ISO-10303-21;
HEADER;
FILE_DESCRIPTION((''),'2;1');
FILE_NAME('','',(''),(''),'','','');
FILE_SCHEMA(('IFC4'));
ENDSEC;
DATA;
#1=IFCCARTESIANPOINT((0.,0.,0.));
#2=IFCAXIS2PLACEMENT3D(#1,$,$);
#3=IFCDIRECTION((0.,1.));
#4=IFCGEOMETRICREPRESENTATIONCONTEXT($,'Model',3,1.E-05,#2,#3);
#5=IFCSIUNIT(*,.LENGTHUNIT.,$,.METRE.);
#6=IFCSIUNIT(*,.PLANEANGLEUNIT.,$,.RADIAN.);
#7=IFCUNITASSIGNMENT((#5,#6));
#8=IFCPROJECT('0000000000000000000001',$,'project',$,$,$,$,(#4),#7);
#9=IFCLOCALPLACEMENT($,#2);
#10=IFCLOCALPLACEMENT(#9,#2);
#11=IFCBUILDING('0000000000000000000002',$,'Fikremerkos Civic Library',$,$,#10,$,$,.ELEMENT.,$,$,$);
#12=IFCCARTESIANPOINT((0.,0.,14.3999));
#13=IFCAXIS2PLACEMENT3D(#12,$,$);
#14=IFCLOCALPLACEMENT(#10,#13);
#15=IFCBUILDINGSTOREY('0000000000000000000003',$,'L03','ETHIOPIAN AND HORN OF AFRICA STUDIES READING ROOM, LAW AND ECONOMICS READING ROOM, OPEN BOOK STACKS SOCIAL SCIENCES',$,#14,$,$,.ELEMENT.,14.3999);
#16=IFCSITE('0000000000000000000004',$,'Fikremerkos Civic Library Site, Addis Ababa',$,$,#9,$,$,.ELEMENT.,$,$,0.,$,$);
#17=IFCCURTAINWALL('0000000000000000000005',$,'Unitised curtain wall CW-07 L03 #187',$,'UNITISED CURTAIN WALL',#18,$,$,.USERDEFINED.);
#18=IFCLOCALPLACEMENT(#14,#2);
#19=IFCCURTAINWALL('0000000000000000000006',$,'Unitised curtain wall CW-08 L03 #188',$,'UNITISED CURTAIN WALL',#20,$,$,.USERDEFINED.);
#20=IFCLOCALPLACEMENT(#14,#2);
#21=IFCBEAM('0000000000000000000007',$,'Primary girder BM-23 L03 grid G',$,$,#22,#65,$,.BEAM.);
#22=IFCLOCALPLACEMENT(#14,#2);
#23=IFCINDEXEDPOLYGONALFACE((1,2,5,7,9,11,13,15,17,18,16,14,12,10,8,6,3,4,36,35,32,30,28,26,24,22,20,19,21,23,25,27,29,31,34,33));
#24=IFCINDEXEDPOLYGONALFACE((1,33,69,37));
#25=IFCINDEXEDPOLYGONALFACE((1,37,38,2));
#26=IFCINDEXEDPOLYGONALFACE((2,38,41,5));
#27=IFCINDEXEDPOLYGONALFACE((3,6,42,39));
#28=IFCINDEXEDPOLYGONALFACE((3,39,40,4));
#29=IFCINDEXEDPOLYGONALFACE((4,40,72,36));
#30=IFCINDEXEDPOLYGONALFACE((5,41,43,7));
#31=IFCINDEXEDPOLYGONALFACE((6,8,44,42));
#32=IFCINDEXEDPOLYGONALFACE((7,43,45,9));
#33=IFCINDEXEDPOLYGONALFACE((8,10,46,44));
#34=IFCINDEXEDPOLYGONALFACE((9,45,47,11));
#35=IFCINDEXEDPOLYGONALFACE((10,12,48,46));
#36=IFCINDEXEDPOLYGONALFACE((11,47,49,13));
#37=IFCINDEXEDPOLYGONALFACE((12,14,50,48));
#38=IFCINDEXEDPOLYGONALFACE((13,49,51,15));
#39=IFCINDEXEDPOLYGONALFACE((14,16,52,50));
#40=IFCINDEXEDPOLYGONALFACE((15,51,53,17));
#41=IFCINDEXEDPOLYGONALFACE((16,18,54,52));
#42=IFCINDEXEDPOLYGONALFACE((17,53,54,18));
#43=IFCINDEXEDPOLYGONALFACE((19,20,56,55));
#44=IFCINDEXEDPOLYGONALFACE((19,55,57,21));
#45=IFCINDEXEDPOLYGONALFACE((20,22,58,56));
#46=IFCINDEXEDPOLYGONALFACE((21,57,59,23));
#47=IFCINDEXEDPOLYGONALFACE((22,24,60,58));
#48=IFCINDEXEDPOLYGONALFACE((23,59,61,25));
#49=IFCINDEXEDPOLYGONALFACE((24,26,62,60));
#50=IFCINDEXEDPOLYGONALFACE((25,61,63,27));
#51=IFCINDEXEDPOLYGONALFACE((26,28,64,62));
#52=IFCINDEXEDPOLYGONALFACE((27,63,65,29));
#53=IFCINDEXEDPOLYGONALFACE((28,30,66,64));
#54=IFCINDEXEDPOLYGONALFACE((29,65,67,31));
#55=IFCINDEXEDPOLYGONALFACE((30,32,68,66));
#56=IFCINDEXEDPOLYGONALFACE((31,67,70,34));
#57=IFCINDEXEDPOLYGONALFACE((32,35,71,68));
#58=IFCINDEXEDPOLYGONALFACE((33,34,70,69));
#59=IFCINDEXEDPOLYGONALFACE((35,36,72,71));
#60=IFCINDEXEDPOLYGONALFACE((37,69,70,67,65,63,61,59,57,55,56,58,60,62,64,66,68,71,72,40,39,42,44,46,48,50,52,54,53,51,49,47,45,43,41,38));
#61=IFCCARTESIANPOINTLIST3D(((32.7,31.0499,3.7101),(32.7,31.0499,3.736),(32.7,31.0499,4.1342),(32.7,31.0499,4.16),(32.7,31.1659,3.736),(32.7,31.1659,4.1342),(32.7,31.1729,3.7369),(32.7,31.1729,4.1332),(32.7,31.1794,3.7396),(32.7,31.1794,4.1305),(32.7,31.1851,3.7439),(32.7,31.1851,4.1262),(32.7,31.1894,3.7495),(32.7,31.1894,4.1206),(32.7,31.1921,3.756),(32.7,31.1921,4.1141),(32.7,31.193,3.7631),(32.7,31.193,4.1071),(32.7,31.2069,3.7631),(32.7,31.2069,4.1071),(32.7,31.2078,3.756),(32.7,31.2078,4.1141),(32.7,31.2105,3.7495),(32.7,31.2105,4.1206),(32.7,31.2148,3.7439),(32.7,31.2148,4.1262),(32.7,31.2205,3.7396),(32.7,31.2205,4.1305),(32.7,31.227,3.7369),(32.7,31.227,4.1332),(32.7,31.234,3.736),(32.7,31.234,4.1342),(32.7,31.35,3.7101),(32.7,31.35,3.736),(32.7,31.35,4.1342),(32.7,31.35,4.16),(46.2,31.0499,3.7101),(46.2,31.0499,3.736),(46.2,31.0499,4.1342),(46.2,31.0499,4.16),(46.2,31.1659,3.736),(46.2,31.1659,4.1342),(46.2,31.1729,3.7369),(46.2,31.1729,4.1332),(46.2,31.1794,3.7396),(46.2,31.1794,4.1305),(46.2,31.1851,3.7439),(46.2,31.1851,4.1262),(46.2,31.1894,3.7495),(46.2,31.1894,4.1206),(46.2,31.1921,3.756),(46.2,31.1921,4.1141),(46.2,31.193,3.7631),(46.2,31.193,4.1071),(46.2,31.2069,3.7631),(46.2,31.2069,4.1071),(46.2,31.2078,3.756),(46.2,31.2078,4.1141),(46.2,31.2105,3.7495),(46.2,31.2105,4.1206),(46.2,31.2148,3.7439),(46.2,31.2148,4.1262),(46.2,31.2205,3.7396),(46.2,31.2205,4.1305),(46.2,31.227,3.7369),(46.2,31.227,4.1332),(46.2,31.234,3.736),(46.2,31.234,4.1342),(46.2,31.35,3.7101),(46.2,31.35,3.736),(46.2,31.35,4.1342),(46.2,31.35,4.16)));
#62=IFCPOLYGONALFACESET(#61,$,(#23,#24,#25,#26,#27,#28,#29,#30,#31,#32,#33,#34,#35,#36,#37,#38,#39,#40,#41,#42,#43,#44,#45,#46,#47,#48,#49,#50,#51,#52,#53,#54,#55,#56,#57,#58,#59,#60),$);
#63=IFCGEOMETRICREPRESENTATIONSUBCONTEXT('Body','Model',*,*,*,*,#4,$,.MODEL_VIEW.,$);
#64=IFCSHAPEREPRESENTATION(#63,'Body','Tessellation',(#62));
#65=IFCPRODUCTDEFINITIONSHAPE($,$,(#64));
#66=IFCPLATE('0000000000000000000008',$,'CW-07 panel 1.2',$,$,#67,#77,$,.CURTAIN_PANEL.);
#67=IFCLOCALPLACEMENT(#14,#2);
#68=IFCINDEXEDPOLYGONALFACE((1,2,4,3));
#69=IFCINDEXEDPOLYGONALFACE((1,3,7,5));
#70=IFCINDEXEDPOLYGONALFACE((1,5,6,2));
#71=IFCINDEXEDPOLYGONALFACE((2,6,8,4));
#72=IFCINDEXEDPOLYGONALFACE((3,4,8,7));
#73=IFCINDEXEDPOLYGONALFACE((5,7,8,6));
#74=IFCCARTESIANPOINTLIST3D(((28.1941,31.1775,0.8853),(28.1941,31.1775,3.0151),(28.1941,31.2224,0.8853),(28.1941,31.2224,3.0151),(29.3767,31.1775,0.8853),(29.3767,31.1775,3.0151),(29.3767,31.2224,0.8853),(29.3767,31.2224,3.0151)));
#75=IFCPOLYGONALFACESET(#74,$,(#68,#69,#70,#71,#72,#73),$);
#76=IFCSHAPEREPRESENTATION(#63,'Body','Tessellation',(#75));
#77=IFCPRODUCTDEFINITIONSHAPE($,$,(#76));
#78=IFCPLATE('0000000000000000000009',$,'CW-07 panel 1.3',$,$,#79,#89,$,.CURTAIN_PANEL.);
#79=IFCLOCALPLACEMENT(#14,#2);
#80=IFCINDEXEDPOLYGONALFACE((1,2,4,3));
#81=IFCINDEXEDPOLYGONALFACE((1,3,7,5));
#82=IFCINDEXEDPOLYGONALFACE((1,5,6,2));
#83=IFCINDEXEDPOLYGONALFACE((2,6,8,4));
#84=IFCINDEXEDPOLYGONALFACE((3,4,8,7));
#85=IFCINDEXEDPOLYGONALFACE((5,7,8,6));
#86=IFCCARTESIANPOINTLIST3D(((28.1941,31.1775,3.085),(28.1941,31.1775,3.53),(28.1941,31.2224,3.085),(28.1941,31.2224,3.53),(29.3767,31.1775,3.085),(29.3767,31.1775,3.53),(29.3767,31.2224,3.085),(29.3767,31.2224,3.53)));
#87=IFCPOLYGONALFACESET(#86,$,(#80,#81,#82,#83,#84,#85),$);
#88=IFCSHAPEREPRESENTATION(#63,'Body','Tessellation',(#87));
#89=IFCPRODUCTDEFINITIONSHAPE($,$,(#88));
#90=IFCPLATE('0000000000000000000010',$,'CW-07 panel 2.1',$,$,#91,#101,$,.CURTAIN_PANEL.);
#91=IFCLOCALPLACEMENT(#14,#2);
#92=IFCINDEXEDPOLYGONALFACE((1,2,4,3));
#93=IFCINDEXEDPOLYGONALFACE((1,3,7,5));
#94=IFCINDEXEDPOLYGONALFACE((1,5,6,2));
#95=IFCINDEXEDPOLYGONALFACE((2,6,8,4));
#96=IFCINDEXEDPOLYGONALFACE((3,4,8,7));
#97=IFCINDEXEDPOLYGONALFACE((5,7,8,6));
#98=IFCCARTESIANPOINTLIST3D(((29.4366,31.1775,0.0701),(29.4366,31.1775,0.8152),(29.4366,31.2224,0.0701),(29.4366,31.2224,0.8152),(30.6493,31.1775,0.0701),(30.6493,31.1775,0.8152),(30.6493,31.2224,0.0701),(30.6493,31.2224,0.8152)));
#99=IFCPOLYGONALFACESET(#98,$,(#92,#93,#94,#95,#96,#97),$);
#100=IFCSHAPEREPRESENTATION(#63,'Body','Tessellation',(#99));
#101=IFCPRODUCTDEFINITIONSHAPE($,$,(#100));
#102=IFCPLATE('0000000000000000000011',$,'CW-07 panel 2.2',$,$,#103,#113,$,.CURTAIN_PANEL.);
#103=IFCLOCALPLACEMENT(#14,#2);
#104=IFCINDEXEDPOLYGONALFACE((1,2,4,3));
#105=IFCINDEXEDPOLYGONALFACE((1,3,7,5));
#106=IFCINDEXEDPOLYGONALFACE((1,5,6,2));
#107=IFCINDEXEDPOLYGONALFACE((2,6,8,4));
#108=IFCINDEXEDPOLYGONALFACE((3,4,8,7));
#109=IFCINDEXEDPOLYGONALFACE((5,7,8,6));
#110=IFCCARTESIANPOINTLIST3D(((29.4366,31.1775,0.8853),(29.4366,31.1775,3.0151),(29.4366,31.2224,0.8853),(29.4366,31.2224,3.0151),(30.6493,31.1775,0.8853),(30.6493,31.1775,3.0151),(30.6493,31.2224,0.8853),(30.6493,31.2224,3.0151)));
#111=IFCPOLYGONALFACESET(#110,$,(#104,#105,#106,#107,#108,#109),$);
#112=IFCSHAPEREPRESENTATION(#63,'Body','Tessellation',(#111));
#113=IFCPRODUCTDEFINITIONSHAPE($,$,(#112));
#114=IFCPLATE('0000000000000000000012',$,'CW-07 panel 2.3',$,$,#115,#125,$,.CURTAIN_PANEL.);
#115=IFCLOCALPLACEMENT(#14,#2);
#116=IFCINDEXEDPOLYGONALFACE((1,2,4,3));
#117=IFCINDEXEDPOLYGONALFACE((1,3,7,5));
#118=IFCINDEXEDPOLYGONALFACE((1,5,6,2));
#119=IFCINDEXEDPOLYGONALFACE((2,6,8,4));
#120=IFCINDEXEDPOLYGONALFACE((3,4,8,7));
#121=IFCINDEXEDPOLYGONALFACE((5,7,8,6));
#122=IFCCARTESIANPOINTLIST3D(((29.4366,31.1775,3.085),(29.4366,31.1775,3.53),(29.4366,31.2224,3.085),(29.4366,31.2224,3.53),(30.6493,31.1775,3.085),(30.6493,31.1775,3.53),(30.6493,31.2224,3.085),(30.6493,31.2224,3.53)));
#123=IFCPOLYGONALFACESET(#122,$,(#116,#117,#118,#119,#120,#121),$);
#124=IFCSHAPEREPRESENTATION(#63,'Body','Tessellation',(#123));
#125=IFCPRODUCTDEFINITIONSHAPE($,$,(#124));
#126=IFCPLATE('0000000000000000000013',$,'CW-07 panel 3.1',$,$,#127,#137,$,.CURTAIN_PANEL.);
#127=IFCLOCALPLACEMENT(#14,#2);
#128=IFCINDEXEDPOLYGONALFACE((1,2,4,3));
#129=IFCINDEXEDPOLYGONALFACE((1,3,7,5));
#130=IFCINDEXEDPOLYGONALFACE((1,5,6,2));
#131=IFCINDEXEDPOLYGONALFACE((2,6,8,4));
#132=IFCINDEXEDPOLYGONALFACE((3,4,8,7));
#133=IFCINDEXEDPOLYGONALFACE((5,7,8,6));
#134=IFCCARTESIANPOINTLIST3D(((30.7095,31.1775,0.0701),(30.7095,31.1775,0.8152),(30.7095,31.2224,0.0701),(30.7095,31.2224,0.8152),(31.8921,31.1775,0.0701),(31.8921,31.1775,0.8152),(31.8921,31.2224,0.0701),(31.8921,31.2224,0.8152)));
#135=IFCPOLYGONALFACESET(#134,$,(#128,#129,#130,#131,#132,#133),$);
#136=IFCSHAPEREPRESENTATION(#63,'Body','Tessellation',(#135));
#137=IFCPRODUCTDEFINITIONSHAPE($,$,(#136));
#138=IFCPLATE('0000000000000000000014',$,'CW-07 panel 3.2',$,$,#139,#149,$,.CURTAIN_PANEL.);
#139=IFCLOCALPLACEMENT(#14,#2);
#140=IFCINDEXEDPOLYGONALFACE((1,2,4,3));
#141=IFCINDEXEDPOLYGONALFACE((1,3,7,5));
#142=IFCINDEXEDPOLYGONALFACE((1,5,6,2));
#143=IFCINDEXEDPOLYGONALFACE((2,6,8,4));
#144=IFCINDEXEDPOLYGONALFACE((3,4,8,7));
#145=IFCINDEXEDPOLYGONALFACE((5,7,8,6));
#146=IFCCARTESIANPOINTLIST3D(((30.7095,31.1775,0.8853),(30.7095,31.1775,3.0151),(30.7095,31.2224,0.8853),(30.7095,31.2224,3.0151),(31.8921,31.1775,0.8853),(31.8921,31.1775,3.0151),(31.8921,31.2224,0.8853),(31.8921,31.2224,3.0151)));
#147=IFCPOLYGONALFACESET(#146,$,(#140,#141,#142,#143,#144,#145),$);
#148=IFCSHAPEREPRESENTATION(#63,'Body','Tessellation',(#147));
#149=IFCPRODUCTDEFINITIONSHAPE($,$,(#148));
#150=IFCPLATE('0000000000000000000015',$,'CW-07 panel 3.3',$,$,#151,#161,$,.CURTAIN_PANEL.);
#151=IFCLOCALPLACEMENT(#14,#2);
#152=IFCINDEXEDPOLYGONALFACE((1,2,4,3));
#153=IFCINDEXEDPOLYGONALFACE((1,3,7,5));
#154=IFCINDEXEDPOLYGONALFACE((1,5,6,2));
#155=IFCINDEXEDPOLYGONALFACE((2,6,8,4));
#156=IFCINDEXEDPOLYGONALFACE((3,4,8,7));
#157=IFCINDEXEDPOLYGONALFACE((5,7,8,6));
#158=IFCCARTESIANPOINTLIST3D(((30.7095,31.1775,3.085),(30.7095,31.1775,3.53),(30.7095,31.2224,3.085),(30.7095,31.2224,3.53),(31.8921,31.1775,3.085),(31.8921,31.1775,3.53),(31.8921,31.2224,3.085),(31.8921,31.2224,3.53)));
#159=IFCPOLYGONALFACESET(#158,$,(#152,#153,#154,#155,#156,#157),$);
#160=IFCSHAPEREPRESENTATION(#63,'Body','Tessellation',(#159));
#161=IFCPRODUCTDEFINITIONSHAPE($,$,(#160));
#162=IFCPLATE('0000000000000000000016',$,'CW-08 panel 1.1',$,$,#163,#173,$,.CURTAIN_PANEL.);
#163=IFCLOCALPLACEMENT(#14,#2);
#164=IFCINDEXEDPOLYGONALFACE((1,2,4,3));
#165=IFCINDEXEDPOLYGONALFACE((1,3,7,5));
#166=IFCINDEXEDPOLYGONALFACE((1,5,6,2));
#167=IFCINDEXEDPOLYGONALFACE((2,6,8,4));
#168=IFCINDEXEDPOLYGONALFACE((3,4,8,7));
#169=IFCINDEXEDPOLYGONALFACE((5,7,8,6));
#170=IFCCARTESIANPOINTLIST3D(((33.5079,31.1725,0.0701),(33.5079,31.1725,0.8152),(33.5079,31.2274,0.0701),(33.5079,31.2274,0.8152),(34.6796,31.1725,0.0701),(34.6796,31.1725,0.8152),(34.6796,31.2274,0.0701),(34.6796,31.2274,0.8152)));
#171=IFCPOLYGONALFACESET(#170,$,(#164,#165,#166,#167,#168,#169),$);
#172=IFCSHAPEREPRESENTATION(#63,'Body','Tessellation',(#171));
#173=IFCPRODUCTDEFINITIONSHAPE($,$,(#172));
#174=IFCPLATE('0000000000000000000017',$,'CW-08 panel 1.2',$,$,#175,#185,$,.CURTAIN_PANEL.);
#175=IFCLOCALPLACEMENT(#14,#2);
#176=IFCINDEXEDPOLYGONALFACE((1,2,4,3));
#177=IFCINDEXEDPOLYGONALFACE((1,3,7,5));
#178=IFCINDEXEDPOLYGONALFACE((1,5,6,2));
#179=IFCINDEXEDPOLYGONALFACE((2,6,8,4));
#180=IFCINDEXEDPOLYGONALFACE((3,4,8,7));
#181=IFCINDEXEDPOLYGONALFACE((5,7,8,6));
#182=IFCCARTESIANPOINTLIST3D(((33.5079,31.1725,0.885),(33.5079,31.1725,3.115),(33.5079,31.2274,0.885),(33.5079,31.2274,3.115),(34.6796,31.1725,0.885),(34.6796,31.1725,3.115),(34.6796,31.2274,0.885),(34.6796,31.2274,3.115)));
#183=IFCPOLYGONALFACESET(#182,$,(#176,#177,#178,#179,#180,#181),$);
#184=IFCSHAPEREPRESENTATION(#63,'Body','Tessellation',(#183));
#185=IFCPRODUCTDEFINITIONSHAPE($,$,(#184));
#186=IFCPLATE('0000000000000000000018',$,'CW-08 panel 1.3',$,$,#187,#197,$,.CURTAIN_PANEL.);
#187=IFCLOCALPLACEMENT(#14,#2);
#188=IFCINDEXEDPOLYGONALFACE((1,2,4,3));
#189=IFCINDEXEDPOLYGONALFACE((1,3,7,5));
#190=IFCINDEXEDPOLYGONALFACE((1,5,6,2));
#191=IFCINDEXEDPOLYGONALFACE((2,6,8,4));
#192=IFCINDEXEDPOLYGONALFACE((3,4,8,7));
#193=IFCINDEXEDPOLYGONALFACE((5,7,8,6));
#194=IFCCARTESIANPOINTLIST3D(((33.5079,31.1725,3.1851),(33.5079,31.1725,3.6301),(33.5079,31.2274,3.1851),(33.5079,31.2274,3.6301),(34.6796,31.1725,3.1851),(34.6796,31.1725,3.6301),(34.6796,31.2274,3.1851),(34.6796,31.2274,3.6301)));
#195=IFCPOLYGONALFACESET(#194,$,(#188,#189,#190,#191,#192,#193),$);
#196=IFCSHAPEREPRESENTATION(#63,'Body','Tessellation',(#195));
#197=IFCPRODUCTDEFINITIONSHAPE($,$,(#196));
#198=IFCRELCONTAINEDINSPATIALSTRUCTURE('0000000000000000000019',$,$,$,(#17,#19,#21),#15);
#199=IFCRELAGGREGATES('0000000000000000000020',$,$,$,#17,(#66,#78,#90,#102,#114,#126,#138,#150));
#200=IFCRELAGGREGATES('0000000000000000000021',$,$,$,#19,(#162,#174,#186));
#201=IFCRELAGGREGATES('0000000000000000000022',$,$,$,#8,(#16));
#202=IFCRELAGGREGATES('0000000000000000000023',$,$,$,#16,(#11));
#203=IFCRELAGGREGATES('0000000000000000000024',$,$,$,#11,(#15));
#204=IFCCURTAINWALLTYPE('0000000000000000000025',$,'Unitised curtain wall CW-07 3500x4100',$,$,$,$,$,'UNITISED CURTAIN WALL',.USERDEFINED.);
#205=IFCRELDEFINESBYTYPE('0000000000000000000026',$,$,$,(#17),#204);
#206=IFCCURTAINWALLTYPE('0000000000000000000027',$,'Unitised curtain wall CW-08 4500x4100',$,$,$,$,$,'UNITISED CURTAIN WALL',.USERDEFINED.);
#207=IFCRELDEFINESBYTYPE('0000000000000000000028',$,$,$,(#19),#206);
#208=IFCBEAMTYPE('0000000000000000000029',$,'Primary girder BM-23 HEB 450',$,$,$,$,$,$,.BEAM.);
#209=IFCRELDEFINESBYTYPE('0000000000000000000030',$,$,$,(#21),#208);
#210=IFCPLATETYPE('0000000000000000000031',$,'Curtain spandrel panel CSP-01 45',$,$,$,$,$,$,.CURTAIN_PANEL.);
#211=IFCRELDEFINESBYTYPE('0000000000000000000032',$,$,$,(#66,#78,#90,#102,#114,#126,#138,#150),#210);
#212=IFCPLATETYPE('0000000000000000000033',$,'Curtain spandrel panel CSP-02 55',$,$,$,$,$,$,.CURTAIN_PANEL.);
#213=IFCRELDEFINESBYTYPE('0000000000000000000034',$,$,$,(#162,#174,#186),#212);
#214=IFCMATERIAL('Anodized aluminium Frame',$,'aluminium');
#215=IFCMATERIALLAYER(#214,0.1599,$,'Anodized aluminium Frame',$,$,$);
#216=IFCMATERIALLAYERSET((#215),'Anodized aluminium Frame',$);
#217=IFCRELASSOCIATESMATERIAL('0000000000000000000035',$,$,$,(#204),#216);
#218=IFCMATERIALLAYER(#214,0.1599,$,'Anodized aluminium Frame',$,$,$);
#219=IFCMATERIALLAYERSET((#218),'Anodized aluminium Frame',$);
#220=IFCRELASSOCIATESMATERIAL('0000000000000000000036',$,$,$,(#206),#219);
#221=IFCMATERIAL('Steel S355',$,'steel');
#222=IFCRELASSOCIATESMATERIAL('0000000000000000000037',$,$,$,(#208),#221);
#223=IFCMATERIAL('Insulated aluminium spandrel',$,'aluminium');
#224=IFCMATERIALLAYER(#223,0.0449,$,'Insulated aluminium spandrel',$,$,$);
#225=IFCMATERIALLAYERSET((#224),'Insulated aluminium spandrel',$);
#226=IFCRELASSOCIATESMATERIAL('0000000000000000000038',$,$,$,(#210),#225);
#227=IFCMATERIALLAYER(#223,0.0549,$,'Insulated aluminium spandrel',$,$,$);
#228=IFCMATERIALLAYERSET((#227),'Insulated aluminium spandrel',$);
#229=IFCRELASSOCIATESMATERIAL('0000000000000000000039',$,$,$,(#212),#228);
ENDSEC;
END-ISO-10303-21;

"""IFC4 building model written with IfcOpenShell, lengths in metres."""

from ifc_helpers import new_model, si_unit, direction, frame, origin, origin_2d, place, context, subcontext, project, spatial, rectangle, i_section, extrude, material, layer, layer_set, material_profile, profile_set, type_object, element, aggregate, save


model = new_model("IFC4")

# Units and contexts
model_context = context("Model", 3, precision=1e-05, world=origin(), true_north=direction((0.0, 1.0)))
body_context = subcontext(model_context, "Body", "Model", "MODEL_VIEW")
ifc_project = project(units=[si_unit("LENGTHUNIT", "METRE"), si_unit("PLANEANGLEUNIT", "RADIAN")], contexts=[model_context])

# Site, building, storey
site_placement = place(None, origin())
site = spatial("IfcSite", under=ifc_project, at=site_placement, Name="Fikremerkos Civic Library Site, Addis Ababa", CompositionType="ELEMENT", RefElevation=0.0)
building_placement = place(site_placement, origin())
building = spatial("IfcBuilding", under=site, at=building_placement, Name="Fikremerkos Civic Library", CompositionType="ELEMENT")
storey_placement = place(building_placement, frame((0.0, 0.0, 14.3999)))
storey = spatial("IfcBuildingStorey", under=building, at=storey_placement, Name="L03", Description="ETHIOPIAN AND HORN OF AFRICA STUDIES READING ROOM, LAW AND ECONOMICS READING ROOM, OPEN BOOK STACKS SOCIAL SCIENCES", CompositionType="ELEMENT", Elevation=14.3999)

# Curtain walls
ifc_material_1 = material(Name="Anodized aluminium Frame", Category="aluminium")
ifc_layer_1 = layer(ifc_material_1, 0.1599, Name="Anodized aluminium Frame")
ifc_layer_set_1 = layer_set([ifc_layer_1], Name="Anodized aluminium Frame")
curtain_wall_type_1 = type_object("IfcCurtainWallType", Name="Unitised curtain wall CW-07 3500x4100", ElementType="UNITISED CURTAIN WALL", PredefinedType="USERDEFINED", material=ifc_layer_set_1)
curtain_wall_1_placement = place(storey_placement, origin())
curtain_wall_1 = element("IfcCurtainWall", 1, at=curtain_wall_1_placement, inside=storey, type_object=curtain_wall_type_1, Name="Unitised curtain wall CW-07 L03 #187", ObjectType="UNITISED CURTAIN WALL", PredefinedType="USERDEFINED")
ifc_layer_2 = layer(ifc_material_1, 0.1599, Name="Anodized aluminium Frame")
ifc_layer_set_2 = layer_set([ifc_layer_2], Name="Anodized aluminium Frame")
curtain_wall_type_2 = type_object("IfcCurtainWallType", Name="Unitised curtain wall CW-08 4500x4100", ElementType="UNITISED CURTAIN WALL", PredefinedType="USERDEFINED", material=ifc_layer_set_2)
curtain_wall_2_placement = place(storey_placement, origin())
curtain_wall_2 = element("IfcCurtainWall", 2, at=curtain_wall_2_placement, inside=storey, type_object=curtain_wall_type_2, Name="Unitised curtain wall CW-08 L03 #188", ObjectType="UNITISED CURTAIN WALL", PredefinedType="USERDEFINED")

# Beam
ifc_material_2 = material(Name="Steel S355", Category="steel")
ifc_material_profile_1 = material_profile(ifc_material_2, i_section(OverallWidth=0.3, OverallDepth=0.45, WebThickness=0.0139, FlangeThickness=0.0259, FilletRadius=0.0271, at=origin_2d()), Name="HEB 450")
ifc_profile_set_1 = profile_set([ifc_material_profile_1], Name="Steel S355")
beam_type = type_object("IfcBeamType", Name="Primary girder BM-23 HEB 450", PredefinedType="BEAM", material=ifc_profile_set_1)
beam_placement = place(storey_placement, frame((32.7, 31.2, 3.9351), z_axis=(1.0, 0.0, 0.0), x_axis=(0.0, 1.0, 0.0)))
element("IfcBeam", 3, at=beam_placement, inside=storey, type_object=beam_type, Name="Primary girder BM-23 L03 grid G", PredefinedType="BEAM", context=body_context, shape_type="SweptSolid", body=[
    extrude(i_section(OverallWidth=0.3, OverallDepth=0.45, WebThickness=0.0139, FlangeThickness=0.0259, FilletRadius=0.0271, at=origin_2d()), origin(), (0.0, 0.0, 1.0), 13.5),
])

# Plates
ifc_material_3 = material(Name="Insulated aluminium spandrel", Category="aluminium")
ifc_layer_3 = layer(ifc_material_3, 0.0449, Name="Insulated aluminium spandrel")
ifc_layer_set_3 = layer_set([ifc_layer_3], Name="Insulated aluminium spandrel")
plate_type_1 = type_object("IfcPlateType", Name="Curtain spandrel panel CSP-01 45", PredefinedType="CURTAIN_PANEL", material=ifc_layer_set_3)
plate_1_placement = place(storey_placement, frame((28.7854, 31.2, 0.8853), z_axis=(0.0, 0.0, 1.0), x_axis=(1.0, 0.0, 0.0)))
plate_1 = element("IfcPlate", 4, at=plate_1_placement, type_object=plate_type_1, Name="CW-07 panel 1.2", PredefinedType="CURTAIN_PANEL", context=body_context, shape_type="SweptSolid", body=[
    extrude(rectangle(XDim=1.1826, YDim=0.0449, at=origin_2d()), origin(), (0.0, 0.0, 1.0), 2.1299),
])
plate_2_placement = place(storey_placement, frame((28.7854, 31.2, 3.085), z_axis=(0.0, 0.0, 1.0), x_axis=(1.0, 0.0, 0.0)))
plate_2 = element("IfcPlate", 5, at=plate_2_placement, type_object=plate_type_1, Name="CW-07 panel 1.3", PredefinedType="CURTAIN_PANEL", context=body_context, shape_type="SweptSolid", body=[
    extrude(rectangle(XDim=1.1826, YDim=0.0449, at=origin_2d()), origin(), (0.0, 0.0, 1.0), 0.4451),
])
plate_3_placement = place(storey_placement, frame((30.043, 31.2, 0.0701), z_axis=(0.0, 0.0, 1.0), x_axis=(1.0, 0.0, 0.0)))
plate_3 = element("IfcPlate", 6, at=plate_3_placement, type_object=plate_type_1, Name="CW-07 panel 2.1", PredefinedType="CURTAIN_PANEL", context=body_context, shape_type="SweptSolid", body=[
    extrude(rectangle(XDim=1.2126, YDim=0.0449, at=origin_2d()), origin(), (0.0, 0.0, 1.0), 0.7451),
])
plate_4_placement = place(storey_placement, frame((30.043, 31.2, 0.8853), z_axis=(0.0, 0.0, 1.0), x_axis=(1.0, 0.0, 0.0)))
plate_4 = element("IfcPlate", 7, at=plate_4_placement, type_object=plate_type_1, Name="CW-07 panel 2.2", PredefinedType="CURTAIN_PANEL", context=body_context, shape_type="SweptSolid", body=[
    extrude(rectangle(XDim=1.2126, YDim=0.0449, at=origin_2d()), origin(), (0.0, 0.0, 1.0), 2.1299),
])
plate_5_placement = place(storey_placement, frame((30.043, 31.2, 3.085), z_axis=(0.0, 0.0, 1.0), x_axis=(1.0, 0.0, 0.0)))
plate_5 = element("IfcPlate", 8, at=plate_5_placement, type_object=plate_type_1, Name="CW-07 panel 2.3", PredefinedType="CURTAIN_PANEL", context=body_context, shape_type="SweptSolid", body=[
    extrude(rectangle(XDim=1.2126, YDim=0.0449, at=origin_2d()), origin(), (0.0, 0.0, 1.0), 0.4451),
])
plate_6_placement = place(storey_placement, frame((31.3008, 31.2, 0.0701), z_axis=(0.0, 0.0, 1.0), x_axis=(1.0, 0.0, 0.0)))
plate_6 = element("IfcPlate", 9, at=plate_6_placement, type_object=plate_type_1, Name="CW-07 panel 3.1", PredefinedType="CURTAIN_PANEL", context=body_context, shape_type="SweptSolid", body=[
    extrude(rectangle(XDim=1.1826, YDim=0.0449, at=origin_2d()), origin(), (0.0, 0.0, 1.0), 0.7451),
])
plate_7_placement = place(storey_placement, frame((31.3008, 31.2, 0.8853), z_axis=(0.0, 0.0, 1.0), x_axis=(1.0, 0.0, 0.0)))
plate_7 = element("IfcPlate", 10, at=plate_7_placement, type_object=plate_type_1, Name="CW-07 panel 3.2", PredefinedType="CURTAIN_PANEL", context=body_context, shape_type="SweptSolid", body=[
    extrude(rectangle(XDim=1.1826, YDim=0.0449, at=origin_2d()), origin(), (0.0, 0.0, 1.0), 2.1299),
])
plate_8_placement = place(storey_placement, frame((31.3008, 31.2, 3.085), z_axis=(0.0, 0.0, 1.0), x_axis=(1.0, 0.0, 0.0)))
plate_8 = element("IfcPlate", 11, at=plate_8_placement, type_object=plate_type_1, Name="CW-07 panel 3.3", PredefinedType="CURTAIN_PANEL", context=body_context, shape_type="SweptSolid", body=[
    extrude(rectangle(XDim=1.1826, YDim=0.0449, at=origin_2d()), origin(), (0.0, 0.0, 1.0), 0.4451),
])
aggregate(curtain_wall_1, [plate_1, plate_2, plate_3, plate_4, plate_5, plate_6, plate_7, plate_8])
ifc_layer_4 = layer(ifc_material_3, 0.0549, Name="Insulated aluminium spandrel")
ifc_layer_set_4 = layer_set([ifc_layer_4], Name="Insulated aluminium spandrel")
plate_type_2 = type_object("IfcPlateType", Name="Curtain spandrel panel CSP-02 55", PredefinedType="CURTAIN_PANEL", material=ifc_layer_set_4)
plate_9_placement = place(storey_placement, frame((34.0938, 31.2, 0.0701), z_axis=(0.0, 0.0, 1.0), x_axis=(1.0, 0.0, 0.0)))
plate_9 = element("IfcPlate", 12, at=plate_9_placement, type_object=plate_type_2, Name="CW-08 panel 1.1", PredefinedType="CURTAIN_PANEL", context=body_context, shape_type="SweptSolid", body=[
    extrude(rectangle(XDim=1.1716, YDim=0.0549, at=origin_2d()), origin(), (0.0, 0.0, 1.0), 0.7451),
])
plate_10_placement = place(storey_placement, frame((34.0938, 31.2, 0.885), z_axis=(0.0, 0.0, 1.0), x_axis=(1.0, 0.0, 0.0)))
plate_10 = element("IfcPlate", 13, at=plate_10_placement, type_object=plate_type_2, Name="CW-08 panel 1.2", PredefinedType="CURTAIN_PANEL", context=body_context, shape_type="SweptSolid", body=[
    extrude(rectangle(XDim=1.1716, YDim=0.0549, at=origin_2d()), origin(), (0.0, 0.0, 1.0), 2.23),
])
plate_11_placement = place(storey_placement, frame((34.0938, 31.2, 3.1851), z_axis=(0.0, 0.0, 1.0), x_axis=(1.0, 0.0, 0.0)))
plate_11 = element("IfcPlate", 14, at=plate_11_placement, type_object=plate_type_2, Name="CW-08 panel 1.3", PredefinedType="CURTAIN_PANEL", context=body_context, shape_type="SweptSolid", body=[
    extrude(rectangle(XDim=1.1716, YDim=0.0549, at=origin_2d()), origin(), (0.0, 0.0, 1.0), 0.4451),
])
aggregate(curtain_wall_2, [plate_9, plate_10, plate_11])

save(model, "model.ifc")
